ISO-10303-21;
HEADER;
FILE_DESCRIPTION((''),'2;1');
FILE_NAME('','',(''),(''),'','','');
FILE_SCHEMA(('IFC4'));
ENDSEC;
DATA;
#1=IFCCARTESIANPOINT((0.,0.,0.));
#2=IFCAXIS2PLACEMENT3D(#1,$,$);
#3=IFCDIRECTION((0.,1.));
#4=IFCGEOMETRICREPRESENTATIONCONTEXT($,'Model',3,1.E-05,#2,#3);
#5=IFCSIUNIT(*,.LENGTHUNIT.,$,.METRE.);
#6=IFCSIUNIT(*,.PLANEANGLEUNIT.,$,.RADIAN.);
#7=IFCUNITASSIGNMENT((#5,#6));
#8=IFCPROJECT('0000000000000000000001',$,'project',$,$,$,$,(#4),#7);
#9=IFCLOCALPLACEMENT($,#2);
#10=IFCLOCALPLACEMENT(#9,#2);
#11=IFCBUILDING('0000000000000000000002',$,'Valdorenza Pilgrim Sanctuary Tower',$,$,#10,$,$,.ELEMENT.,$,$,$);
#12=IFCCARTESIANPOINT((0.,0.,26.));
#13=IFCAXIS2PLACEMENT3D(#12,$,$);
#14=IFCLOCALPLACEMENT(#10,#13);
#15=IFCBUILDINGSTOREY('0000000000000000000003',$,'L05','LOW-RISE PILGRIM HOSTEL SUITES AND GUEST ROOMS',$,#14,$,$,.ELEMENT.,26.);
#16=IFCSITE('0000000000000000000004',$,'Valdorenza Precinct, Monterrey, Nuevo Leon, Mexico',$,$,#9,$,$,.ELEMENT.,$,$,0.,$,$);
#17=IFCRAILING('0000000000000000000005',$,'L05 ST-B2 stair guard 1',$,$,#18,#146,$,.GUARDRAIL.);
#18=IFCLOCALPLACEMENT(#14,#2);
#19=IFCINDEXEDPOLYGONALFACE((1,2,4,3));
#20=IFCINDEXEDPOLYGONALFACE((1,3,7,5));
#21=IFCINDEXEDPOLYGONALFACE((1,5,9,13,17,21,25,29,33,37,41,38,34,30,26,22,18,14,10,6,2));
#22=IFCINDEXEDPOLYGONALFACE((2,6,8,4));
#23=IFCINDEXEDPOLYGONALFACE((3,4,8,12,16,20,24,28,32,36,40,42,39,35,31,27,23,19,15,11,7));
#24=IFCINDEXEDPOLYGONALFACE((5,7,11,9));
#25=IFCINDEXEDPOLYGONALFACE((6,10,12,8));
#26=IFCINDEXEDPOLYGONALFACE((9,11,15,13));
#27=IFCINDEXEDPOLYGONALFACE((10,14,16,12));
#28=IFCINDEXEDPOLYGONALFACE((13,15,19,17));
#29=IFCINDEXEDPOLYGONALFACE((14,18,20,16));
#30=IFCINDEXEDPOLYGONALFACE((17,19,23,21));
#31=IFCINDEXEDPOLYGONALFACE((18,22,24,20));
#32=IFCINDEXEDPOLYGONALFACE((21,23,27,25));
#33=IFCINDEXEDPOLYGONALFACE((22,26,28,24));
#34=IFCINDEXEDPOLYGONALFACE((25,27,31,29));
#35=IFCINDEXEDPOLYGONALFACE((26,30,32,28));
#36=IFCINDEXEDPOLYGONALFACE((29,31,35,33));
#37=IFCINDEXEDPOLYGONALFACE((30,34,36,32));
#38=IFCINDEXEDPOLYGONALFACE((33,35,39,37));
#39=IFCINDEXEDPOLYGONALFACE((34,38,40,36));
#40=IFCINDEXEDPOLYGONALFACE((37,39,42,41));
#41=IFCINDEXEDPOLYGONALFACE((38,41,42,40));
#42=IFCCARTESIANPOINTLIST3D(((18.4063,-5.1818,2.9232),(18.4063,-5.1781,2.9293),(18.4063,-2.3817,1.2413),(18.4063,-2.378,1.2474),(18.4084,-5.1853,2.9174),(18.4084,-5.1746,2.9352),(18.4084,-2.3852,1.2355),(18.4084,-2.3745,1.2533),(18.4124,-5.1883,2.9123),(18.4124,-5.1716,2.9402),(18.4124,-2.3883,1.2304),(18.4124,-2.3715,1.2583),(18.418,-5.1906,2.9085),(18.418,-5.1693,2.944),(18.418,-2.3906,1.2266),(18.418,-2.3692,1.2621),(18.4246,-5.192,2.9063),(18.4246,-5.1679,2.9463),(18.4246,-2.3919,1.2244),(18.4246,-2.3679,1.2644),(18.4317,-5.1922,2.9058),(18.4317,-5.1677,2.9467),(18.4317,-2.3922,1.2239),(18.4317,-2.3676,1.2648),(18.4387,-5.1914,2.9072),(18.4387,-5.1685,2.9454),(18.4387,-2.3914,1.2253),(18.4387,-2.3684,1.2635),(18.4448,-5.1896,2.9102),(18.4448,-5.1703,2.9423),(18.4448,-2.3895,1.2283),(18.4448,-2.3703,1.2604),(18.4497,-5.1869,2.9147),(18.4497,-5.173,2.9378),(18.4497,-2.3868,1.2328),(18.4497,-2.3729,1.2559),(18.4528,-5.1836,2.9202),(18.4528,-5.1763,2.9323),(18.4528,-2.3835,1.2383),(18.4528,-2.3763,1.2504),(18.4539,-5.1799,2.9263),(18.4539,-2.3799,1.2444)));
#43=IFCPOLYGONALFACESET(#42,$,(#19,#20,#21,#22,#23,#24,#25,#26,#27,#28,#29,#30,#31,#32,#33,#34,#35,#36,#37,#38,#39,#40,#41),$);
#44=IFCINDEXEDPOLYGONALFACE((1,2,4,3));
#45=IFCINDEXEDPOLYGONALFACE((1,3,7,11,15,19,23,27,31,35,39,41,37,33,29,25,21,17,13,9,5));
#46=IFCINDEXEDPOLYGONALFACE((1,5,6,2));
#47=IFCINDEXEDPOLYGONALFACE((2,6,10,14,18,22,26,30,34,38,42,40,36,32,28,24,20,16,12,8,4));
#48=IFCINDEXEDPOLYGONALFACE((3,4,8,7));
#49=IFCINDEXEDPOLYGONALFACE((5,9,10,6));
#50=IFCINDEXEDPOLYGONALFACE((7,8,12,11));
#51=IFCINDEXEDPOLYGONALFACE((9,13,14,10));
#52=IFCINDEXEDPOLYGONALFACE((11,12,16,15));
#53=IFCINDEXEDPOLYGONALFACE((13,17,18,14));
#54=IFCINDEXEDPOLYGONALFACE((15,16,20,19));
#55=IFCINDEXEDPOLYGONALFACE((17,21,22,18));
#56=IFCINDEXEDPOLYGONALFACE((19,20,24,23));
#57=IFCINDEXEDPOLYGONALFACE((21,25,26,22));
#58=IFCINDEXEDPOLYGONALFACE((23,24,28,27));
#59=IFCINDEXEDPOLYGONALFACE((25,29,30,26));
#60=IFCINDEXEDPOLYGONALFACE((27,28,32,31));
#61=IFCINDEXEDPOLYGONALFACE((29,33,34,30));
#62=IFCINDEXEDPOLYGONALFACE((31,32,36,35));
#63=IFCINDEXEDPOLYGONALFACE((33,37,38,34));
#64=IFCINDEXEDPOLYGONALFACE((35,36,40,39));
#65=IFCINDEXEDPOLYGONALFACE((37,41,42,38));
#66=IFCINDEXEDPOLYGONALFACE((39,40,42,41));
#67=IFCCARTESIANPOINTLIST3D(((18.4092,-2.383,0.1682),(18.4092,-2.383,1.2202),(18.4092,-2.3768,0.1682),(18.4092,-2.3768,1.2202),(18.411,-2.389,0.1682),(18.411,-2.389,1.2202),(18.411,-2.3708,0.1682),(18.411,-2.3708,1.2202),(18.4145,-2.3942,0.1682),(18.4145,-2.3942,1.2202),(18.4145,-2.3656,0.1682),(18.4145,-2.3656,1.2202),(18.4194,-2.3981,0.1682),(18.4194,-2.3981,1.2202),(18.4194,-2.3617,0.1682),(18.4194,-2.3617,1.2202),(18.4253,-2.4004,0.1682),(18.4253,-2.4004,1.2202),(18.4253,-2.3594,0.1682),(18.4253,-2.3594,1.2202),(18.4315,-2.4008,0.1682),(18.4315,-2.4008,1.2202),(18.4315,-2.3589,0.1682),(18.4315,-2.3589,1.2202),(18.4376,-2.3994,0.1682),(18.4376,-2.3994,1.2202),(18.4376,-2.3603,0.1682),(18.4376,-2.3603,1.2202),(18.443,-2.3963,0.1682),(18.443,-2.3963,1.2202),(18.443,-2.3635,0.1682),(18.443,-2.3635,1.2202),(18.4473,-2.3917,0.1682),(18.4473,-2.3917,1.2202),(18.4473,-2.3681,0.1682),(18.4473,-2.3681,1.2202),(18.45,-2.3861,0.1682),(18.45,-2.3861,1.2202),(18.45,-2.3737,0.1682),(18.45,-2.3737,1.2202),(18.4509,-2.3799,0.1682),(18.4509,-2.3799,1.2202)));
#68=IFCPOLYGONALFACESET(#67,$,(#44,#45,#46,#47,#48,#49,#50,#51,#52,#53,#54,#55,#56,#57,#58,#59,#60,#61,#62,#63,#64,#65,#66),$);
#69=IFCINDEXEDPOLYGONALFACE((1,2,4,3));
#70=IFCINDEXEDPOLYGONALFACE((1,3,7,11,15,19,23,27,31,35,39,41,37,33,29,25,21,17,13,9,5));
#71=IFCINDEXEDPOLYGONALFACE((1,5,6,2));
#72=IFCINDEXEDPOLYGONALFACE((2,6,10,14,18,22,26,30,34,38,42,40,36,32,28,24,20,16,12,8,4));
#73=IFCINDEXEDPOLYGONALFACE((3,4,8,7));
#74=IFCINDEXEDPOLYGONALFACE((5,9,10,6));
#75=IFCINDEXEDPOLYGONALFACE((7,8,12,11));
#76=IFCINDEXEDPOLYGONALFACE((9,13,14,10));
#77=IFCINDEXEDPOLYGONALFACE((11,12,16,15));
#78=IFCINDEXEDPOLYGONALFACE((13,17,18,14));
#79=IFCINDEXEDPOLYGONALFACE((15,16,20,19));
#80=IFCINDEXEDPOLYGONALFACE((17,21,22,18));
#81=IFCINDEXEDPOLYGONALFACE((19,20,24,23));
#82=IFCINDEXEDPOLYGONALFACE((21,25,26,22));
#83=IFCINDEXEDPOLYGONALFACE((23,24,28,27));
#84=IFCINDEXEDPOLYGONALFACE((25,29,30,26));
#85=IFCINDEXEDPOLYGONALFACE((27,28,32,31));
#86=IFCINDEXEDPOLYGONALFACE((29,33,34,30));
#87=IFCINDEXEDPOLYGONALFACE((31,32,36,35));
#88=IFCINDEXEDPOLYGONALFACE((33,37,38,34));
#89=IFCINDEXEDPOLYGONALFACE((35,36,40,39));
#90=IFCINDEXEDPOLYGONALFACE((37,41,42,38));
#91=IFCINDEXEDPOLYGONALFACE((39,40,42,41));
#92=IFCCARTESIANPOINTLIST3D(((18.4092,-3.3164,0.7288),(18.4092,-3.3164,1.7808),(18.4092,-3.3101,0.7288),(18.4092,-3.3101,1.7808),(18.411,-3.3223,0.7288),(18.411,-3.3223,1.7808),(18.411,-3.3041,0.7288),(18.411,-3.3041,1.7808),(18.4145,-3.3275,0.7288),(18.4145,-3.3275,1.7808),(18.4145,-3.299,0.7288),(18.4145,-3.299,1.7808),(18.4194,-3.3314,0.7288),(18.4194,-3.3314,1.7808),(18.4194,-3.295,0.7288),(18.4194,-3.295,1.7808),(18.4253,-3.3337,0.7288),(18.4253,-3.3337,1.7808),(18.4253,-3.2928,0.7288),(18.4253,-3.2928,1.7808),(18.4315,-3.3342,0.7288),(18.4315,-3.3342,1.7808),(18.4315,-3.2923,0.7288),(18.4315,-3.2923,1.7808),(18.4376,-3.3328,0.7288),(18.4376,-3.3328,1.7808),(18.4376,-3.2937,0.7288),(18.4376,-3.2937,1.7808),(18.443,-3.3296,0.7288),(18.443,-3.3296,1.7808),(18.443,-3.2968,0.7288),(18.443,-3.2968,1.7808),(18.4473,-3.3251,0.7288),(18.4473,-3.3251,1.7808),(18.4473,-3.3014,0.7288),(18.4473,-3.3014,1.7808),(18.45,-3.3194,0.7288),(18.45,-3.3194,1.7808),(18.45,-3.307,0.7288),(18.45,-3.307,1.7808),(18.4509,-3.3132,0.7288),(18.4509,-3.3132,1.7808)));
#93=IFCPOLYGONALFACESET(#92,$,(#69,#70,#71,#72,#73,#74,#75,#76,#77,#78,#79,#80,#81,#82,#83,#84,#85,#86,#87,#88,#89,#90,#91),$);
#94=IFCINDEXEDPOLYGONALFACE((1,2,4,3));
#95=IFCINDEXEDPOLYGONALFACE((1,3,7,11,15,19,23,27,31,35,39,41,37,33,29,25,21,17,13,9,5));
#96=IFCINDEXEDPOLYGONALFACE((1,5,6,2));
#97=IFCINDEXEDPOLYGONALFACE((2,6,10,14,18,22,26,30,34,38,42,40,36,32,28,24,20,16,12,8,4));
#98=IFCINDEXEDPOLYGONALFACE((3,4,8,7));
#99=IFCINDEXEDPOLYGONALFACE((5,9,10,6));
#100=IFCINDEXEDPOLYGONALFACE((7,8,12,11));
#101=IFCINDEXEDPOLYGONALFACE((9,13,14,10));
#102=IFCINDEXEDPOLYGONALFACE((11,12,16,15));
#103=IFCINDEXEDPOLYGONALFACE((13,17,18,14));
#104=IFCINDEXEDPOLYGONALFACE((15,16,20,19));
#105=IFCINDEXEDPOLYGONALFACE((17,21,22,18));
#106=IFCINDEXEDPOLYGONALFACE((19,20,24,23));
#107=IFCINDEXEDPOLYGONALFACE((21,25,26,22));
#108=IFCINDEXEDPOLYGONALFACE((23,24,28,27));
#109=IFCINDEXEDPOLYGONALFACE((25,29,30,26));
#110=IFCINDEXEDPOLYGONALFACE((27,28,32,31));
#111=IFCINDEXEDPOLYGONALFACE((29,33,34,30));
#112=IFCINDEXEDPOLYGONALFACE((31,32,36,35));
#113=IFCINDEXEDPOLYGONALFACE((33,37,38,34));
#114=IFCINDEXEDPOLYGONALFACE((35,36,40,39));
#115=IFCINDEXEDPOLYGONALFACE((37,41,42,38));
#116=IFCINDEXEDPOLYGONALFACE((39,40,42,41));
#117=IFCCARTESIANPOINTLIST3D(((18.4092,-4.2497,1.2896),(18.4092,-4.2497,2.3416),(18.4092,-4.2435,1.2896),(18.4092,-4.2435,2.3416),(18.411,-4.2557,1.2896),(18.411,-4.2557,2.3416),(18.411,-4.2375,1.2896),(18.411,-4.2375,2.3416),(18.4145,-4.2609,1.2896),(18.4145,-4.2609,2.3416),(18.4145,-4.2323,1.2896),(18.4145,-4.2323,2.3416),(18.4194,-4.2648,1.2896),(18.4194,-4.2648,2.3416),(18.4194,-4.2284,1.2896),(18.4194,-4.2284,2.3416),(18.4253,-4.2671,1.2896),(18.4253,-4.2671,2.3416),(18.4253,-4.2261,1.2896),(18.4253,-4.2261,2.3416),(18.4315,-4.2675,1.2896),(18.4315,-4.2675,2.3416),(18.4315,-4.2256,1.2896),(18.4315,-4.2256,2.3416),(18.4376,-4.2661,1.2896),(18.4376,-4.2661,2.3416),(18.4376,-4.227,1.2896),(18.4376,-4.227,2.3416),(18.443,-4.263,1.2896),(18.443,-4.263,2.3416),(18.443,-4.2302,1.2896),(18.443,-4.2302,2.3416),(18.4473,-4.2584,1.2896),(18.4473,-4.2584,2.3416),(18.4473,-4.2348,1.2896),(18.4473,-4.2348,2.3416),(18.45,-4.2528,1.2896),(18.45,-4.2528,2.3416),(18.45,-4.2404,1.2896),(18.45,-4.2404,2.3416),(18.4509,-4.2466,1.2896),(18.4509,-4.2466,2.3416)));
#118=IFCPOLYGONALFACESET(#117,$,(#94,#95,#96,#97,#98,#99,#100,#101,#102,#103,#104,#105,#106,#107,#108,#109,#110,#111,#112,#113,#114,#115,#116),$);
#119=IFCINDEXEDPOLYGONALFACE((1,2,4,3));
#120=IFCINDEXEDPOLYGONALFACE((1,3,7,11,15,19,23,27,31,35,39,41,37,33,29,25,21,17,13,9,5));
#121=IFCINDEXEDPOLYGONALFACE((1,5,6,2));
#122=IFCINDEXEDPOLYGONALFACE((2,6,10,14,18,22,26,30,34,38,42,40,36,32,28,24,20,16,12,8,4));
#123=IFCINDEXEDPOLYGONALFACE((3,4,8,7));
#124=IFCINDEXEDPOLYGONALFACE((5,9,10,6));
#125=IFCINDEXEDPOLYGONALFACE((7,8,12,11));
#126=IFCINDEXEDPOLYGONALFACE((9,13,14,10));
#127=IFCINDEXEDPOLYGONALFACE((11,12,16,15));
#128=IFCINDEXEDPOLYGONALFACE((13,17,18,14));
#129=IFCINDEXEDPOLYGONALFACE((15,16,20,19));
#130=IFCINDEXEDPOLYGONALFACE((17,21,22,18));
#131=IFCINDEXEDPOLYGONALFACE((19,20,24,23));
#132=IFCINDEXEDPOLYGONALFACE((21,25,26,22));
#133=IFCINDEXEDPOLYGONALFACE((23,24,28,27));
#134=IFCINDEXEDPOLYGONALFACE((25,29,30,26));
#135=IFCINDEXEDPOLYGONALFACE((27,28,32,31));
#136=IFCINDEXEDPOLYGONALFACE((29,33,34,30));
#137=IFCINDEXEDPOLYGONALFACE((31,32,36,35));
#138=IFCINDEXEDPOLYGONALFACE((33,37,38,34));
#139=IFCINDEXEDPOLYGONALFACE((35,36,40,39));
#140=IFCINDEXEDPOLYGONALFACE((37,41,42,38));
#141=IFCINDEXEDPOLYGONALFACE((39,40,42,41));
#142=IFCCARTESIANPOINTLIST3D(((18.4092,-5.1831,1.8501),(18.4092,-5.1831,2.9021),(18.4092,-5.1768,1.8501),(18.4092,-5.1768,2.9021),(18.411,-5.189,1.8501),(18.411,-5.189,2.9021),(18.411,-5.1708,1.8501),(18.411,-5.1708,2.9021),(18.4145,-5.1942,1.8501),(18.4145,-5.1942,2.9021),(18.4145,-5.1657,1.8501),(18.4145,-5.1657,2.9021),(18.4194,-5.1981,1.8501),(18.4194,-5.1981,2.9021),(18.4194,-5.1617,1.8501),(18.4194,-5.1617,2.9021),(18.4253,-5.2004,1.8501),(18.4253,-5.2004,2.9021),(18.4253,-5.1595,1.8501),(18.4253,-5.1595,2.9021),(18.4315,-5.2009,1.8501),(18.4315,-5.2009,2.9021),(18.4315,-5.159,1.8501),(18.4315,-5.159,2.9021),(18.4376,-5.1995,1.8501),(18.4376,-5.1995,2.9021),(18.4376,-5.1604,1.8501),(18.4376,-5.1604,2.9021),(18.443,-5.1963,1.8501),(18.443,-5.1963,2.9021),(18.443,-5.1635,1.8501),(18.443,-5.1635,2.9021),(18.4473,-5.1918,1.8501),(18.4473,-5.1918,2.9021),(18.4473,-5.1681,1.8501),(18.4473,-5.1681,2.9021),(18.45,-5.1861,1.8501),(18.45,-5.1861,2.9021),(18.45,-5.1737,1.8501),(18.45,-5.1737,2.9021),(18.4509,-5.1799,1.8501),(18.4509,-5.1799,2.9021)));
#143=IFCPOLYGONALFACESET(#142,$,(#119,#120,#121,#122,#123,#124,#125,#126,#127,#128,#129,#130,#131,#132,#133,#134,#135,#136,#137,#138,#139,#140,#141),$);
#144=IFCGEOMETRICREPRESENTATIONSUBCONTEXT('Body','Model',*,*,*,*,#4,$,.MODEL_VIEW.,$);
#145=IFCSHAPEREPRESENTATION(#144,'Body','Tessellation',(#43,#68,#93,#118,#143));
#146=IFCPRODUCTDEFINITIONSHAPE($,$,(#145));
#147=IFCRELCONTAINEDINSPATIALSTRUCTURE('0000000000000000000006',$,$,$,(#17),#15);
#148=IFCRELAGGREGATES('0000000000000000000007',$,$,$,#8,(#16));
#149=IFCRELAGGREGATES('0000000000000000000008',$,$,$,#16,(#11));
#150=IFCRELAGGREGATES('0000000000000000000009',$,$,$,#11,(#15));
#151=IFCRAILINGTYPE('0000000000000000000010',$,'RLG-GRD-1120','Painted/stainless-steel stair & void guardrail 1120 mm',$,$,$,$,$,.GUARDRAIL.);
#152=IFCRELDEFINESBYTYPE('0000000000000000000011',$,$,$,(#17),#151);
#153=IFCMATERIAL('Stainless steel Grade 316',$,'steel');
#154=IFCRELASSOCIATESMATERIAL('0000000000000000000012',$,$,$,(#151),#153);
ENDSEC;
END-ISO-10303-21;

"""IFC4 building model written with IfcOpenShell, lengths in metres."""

from ifc_helpers import new_model, si_unit, direction, frame, origin, origin_2d, place, context, subcontext, project, spatial, circle, extrude, material, type_object, element, save


model = new_model("IFC4")

# Units and contexts
model_context = context("Model", 3, precision=1e-05, world=origin(), true_north=direction((0.0, 1.0)))
body_context = subcontext(model_context, "Body", "Model", "MODEL_VIEW")
ifc_project = project(units=[si_unit("LENGTHUNIT", "METRE"), si_unit("PLANEANGLEUNIT", "RADIAN")], contexts=[model_context])

# Site, building, storey
site_placement = place(None, origin())
site = spatial("IfcSite", under=ifc_project, at=site_placement, Name="Valdorenza Precinct, Monterrey, Nuevo Leon, Mexico", CompositionType="ELEMENT", RefElevation=0.0)
building_placement = place(site_placement, origin())
building = spatial("IfcBuilding", under=site, at=building_placement, Name="Valdorenza Pilgrim Sanctuary Tower", CompositionType="ELEMENT")
storey_placement = place(building_placement, frame((0.0, 0.0, 26.0)))
storey = spatial("IfcBuildingStorey", under=building, at=storey_placement, Name="L05", Description="LOW-RISE PILGRIM HOSTEL SUITES AND GUEST ROOMS", CompositionType="ELEMENT", Elevation=26.0)

# Railing
ifc_material_1 = material(Name="Stainless steel Grade 316", Category="steel")
railing_type_1 = type_object("IfcRailingType", Name="RLG-GRD-1120", Description="Painted/stainless-steel stair & void guardrail 1120 mm", PredefinedType="GUARDRAIL", material=ifc_material_1)
railing_1_placement = place(storey_placement, frame((18.4299, -2.3799, 0.1682)))
element("IfcRailing", 1, at=railing_1_placement, inside=storey, type_object=railing_type_1, Name="L05 ST-B2 stair guard 1", PredefinedType="GUARDRAIL", context=body_context, shape_type="SweptSolid", body=[
    extrude(circle(Radius=0.0239, at=origin_2d()), frame((0.0, 0.0, 1.0762), z_axis=(0.0, -0.857242, 0.514913), x_axis=(1.0, 0.0, 0.0)), (0.0, 0.0, 1.0), 3.2664),
    extrude(circle(Radius=0.021, at=origin_2d()), origin(), (0.0, 0.0, 1.0), 1.052),
    extrude(circle(Radius=0.021, at=origin_2d()), frame((0.0, -0.9333, 0.5605)), (0.0, 0.0, 1.0), 1.052),
    extrude(circle(Radius=0.021, at=origin_2d()), frame((0.0, -1.8667, 1.1213)), (0.0, 0.0, 1.0), 1.052),
    extrude(circle(Radius=0.021, at=origin_2d()), frame((0.0, -2.8, 1.6819)), (0.0, 0.0, 1.0), 1.052),
])

save(model, "model.ifc")
